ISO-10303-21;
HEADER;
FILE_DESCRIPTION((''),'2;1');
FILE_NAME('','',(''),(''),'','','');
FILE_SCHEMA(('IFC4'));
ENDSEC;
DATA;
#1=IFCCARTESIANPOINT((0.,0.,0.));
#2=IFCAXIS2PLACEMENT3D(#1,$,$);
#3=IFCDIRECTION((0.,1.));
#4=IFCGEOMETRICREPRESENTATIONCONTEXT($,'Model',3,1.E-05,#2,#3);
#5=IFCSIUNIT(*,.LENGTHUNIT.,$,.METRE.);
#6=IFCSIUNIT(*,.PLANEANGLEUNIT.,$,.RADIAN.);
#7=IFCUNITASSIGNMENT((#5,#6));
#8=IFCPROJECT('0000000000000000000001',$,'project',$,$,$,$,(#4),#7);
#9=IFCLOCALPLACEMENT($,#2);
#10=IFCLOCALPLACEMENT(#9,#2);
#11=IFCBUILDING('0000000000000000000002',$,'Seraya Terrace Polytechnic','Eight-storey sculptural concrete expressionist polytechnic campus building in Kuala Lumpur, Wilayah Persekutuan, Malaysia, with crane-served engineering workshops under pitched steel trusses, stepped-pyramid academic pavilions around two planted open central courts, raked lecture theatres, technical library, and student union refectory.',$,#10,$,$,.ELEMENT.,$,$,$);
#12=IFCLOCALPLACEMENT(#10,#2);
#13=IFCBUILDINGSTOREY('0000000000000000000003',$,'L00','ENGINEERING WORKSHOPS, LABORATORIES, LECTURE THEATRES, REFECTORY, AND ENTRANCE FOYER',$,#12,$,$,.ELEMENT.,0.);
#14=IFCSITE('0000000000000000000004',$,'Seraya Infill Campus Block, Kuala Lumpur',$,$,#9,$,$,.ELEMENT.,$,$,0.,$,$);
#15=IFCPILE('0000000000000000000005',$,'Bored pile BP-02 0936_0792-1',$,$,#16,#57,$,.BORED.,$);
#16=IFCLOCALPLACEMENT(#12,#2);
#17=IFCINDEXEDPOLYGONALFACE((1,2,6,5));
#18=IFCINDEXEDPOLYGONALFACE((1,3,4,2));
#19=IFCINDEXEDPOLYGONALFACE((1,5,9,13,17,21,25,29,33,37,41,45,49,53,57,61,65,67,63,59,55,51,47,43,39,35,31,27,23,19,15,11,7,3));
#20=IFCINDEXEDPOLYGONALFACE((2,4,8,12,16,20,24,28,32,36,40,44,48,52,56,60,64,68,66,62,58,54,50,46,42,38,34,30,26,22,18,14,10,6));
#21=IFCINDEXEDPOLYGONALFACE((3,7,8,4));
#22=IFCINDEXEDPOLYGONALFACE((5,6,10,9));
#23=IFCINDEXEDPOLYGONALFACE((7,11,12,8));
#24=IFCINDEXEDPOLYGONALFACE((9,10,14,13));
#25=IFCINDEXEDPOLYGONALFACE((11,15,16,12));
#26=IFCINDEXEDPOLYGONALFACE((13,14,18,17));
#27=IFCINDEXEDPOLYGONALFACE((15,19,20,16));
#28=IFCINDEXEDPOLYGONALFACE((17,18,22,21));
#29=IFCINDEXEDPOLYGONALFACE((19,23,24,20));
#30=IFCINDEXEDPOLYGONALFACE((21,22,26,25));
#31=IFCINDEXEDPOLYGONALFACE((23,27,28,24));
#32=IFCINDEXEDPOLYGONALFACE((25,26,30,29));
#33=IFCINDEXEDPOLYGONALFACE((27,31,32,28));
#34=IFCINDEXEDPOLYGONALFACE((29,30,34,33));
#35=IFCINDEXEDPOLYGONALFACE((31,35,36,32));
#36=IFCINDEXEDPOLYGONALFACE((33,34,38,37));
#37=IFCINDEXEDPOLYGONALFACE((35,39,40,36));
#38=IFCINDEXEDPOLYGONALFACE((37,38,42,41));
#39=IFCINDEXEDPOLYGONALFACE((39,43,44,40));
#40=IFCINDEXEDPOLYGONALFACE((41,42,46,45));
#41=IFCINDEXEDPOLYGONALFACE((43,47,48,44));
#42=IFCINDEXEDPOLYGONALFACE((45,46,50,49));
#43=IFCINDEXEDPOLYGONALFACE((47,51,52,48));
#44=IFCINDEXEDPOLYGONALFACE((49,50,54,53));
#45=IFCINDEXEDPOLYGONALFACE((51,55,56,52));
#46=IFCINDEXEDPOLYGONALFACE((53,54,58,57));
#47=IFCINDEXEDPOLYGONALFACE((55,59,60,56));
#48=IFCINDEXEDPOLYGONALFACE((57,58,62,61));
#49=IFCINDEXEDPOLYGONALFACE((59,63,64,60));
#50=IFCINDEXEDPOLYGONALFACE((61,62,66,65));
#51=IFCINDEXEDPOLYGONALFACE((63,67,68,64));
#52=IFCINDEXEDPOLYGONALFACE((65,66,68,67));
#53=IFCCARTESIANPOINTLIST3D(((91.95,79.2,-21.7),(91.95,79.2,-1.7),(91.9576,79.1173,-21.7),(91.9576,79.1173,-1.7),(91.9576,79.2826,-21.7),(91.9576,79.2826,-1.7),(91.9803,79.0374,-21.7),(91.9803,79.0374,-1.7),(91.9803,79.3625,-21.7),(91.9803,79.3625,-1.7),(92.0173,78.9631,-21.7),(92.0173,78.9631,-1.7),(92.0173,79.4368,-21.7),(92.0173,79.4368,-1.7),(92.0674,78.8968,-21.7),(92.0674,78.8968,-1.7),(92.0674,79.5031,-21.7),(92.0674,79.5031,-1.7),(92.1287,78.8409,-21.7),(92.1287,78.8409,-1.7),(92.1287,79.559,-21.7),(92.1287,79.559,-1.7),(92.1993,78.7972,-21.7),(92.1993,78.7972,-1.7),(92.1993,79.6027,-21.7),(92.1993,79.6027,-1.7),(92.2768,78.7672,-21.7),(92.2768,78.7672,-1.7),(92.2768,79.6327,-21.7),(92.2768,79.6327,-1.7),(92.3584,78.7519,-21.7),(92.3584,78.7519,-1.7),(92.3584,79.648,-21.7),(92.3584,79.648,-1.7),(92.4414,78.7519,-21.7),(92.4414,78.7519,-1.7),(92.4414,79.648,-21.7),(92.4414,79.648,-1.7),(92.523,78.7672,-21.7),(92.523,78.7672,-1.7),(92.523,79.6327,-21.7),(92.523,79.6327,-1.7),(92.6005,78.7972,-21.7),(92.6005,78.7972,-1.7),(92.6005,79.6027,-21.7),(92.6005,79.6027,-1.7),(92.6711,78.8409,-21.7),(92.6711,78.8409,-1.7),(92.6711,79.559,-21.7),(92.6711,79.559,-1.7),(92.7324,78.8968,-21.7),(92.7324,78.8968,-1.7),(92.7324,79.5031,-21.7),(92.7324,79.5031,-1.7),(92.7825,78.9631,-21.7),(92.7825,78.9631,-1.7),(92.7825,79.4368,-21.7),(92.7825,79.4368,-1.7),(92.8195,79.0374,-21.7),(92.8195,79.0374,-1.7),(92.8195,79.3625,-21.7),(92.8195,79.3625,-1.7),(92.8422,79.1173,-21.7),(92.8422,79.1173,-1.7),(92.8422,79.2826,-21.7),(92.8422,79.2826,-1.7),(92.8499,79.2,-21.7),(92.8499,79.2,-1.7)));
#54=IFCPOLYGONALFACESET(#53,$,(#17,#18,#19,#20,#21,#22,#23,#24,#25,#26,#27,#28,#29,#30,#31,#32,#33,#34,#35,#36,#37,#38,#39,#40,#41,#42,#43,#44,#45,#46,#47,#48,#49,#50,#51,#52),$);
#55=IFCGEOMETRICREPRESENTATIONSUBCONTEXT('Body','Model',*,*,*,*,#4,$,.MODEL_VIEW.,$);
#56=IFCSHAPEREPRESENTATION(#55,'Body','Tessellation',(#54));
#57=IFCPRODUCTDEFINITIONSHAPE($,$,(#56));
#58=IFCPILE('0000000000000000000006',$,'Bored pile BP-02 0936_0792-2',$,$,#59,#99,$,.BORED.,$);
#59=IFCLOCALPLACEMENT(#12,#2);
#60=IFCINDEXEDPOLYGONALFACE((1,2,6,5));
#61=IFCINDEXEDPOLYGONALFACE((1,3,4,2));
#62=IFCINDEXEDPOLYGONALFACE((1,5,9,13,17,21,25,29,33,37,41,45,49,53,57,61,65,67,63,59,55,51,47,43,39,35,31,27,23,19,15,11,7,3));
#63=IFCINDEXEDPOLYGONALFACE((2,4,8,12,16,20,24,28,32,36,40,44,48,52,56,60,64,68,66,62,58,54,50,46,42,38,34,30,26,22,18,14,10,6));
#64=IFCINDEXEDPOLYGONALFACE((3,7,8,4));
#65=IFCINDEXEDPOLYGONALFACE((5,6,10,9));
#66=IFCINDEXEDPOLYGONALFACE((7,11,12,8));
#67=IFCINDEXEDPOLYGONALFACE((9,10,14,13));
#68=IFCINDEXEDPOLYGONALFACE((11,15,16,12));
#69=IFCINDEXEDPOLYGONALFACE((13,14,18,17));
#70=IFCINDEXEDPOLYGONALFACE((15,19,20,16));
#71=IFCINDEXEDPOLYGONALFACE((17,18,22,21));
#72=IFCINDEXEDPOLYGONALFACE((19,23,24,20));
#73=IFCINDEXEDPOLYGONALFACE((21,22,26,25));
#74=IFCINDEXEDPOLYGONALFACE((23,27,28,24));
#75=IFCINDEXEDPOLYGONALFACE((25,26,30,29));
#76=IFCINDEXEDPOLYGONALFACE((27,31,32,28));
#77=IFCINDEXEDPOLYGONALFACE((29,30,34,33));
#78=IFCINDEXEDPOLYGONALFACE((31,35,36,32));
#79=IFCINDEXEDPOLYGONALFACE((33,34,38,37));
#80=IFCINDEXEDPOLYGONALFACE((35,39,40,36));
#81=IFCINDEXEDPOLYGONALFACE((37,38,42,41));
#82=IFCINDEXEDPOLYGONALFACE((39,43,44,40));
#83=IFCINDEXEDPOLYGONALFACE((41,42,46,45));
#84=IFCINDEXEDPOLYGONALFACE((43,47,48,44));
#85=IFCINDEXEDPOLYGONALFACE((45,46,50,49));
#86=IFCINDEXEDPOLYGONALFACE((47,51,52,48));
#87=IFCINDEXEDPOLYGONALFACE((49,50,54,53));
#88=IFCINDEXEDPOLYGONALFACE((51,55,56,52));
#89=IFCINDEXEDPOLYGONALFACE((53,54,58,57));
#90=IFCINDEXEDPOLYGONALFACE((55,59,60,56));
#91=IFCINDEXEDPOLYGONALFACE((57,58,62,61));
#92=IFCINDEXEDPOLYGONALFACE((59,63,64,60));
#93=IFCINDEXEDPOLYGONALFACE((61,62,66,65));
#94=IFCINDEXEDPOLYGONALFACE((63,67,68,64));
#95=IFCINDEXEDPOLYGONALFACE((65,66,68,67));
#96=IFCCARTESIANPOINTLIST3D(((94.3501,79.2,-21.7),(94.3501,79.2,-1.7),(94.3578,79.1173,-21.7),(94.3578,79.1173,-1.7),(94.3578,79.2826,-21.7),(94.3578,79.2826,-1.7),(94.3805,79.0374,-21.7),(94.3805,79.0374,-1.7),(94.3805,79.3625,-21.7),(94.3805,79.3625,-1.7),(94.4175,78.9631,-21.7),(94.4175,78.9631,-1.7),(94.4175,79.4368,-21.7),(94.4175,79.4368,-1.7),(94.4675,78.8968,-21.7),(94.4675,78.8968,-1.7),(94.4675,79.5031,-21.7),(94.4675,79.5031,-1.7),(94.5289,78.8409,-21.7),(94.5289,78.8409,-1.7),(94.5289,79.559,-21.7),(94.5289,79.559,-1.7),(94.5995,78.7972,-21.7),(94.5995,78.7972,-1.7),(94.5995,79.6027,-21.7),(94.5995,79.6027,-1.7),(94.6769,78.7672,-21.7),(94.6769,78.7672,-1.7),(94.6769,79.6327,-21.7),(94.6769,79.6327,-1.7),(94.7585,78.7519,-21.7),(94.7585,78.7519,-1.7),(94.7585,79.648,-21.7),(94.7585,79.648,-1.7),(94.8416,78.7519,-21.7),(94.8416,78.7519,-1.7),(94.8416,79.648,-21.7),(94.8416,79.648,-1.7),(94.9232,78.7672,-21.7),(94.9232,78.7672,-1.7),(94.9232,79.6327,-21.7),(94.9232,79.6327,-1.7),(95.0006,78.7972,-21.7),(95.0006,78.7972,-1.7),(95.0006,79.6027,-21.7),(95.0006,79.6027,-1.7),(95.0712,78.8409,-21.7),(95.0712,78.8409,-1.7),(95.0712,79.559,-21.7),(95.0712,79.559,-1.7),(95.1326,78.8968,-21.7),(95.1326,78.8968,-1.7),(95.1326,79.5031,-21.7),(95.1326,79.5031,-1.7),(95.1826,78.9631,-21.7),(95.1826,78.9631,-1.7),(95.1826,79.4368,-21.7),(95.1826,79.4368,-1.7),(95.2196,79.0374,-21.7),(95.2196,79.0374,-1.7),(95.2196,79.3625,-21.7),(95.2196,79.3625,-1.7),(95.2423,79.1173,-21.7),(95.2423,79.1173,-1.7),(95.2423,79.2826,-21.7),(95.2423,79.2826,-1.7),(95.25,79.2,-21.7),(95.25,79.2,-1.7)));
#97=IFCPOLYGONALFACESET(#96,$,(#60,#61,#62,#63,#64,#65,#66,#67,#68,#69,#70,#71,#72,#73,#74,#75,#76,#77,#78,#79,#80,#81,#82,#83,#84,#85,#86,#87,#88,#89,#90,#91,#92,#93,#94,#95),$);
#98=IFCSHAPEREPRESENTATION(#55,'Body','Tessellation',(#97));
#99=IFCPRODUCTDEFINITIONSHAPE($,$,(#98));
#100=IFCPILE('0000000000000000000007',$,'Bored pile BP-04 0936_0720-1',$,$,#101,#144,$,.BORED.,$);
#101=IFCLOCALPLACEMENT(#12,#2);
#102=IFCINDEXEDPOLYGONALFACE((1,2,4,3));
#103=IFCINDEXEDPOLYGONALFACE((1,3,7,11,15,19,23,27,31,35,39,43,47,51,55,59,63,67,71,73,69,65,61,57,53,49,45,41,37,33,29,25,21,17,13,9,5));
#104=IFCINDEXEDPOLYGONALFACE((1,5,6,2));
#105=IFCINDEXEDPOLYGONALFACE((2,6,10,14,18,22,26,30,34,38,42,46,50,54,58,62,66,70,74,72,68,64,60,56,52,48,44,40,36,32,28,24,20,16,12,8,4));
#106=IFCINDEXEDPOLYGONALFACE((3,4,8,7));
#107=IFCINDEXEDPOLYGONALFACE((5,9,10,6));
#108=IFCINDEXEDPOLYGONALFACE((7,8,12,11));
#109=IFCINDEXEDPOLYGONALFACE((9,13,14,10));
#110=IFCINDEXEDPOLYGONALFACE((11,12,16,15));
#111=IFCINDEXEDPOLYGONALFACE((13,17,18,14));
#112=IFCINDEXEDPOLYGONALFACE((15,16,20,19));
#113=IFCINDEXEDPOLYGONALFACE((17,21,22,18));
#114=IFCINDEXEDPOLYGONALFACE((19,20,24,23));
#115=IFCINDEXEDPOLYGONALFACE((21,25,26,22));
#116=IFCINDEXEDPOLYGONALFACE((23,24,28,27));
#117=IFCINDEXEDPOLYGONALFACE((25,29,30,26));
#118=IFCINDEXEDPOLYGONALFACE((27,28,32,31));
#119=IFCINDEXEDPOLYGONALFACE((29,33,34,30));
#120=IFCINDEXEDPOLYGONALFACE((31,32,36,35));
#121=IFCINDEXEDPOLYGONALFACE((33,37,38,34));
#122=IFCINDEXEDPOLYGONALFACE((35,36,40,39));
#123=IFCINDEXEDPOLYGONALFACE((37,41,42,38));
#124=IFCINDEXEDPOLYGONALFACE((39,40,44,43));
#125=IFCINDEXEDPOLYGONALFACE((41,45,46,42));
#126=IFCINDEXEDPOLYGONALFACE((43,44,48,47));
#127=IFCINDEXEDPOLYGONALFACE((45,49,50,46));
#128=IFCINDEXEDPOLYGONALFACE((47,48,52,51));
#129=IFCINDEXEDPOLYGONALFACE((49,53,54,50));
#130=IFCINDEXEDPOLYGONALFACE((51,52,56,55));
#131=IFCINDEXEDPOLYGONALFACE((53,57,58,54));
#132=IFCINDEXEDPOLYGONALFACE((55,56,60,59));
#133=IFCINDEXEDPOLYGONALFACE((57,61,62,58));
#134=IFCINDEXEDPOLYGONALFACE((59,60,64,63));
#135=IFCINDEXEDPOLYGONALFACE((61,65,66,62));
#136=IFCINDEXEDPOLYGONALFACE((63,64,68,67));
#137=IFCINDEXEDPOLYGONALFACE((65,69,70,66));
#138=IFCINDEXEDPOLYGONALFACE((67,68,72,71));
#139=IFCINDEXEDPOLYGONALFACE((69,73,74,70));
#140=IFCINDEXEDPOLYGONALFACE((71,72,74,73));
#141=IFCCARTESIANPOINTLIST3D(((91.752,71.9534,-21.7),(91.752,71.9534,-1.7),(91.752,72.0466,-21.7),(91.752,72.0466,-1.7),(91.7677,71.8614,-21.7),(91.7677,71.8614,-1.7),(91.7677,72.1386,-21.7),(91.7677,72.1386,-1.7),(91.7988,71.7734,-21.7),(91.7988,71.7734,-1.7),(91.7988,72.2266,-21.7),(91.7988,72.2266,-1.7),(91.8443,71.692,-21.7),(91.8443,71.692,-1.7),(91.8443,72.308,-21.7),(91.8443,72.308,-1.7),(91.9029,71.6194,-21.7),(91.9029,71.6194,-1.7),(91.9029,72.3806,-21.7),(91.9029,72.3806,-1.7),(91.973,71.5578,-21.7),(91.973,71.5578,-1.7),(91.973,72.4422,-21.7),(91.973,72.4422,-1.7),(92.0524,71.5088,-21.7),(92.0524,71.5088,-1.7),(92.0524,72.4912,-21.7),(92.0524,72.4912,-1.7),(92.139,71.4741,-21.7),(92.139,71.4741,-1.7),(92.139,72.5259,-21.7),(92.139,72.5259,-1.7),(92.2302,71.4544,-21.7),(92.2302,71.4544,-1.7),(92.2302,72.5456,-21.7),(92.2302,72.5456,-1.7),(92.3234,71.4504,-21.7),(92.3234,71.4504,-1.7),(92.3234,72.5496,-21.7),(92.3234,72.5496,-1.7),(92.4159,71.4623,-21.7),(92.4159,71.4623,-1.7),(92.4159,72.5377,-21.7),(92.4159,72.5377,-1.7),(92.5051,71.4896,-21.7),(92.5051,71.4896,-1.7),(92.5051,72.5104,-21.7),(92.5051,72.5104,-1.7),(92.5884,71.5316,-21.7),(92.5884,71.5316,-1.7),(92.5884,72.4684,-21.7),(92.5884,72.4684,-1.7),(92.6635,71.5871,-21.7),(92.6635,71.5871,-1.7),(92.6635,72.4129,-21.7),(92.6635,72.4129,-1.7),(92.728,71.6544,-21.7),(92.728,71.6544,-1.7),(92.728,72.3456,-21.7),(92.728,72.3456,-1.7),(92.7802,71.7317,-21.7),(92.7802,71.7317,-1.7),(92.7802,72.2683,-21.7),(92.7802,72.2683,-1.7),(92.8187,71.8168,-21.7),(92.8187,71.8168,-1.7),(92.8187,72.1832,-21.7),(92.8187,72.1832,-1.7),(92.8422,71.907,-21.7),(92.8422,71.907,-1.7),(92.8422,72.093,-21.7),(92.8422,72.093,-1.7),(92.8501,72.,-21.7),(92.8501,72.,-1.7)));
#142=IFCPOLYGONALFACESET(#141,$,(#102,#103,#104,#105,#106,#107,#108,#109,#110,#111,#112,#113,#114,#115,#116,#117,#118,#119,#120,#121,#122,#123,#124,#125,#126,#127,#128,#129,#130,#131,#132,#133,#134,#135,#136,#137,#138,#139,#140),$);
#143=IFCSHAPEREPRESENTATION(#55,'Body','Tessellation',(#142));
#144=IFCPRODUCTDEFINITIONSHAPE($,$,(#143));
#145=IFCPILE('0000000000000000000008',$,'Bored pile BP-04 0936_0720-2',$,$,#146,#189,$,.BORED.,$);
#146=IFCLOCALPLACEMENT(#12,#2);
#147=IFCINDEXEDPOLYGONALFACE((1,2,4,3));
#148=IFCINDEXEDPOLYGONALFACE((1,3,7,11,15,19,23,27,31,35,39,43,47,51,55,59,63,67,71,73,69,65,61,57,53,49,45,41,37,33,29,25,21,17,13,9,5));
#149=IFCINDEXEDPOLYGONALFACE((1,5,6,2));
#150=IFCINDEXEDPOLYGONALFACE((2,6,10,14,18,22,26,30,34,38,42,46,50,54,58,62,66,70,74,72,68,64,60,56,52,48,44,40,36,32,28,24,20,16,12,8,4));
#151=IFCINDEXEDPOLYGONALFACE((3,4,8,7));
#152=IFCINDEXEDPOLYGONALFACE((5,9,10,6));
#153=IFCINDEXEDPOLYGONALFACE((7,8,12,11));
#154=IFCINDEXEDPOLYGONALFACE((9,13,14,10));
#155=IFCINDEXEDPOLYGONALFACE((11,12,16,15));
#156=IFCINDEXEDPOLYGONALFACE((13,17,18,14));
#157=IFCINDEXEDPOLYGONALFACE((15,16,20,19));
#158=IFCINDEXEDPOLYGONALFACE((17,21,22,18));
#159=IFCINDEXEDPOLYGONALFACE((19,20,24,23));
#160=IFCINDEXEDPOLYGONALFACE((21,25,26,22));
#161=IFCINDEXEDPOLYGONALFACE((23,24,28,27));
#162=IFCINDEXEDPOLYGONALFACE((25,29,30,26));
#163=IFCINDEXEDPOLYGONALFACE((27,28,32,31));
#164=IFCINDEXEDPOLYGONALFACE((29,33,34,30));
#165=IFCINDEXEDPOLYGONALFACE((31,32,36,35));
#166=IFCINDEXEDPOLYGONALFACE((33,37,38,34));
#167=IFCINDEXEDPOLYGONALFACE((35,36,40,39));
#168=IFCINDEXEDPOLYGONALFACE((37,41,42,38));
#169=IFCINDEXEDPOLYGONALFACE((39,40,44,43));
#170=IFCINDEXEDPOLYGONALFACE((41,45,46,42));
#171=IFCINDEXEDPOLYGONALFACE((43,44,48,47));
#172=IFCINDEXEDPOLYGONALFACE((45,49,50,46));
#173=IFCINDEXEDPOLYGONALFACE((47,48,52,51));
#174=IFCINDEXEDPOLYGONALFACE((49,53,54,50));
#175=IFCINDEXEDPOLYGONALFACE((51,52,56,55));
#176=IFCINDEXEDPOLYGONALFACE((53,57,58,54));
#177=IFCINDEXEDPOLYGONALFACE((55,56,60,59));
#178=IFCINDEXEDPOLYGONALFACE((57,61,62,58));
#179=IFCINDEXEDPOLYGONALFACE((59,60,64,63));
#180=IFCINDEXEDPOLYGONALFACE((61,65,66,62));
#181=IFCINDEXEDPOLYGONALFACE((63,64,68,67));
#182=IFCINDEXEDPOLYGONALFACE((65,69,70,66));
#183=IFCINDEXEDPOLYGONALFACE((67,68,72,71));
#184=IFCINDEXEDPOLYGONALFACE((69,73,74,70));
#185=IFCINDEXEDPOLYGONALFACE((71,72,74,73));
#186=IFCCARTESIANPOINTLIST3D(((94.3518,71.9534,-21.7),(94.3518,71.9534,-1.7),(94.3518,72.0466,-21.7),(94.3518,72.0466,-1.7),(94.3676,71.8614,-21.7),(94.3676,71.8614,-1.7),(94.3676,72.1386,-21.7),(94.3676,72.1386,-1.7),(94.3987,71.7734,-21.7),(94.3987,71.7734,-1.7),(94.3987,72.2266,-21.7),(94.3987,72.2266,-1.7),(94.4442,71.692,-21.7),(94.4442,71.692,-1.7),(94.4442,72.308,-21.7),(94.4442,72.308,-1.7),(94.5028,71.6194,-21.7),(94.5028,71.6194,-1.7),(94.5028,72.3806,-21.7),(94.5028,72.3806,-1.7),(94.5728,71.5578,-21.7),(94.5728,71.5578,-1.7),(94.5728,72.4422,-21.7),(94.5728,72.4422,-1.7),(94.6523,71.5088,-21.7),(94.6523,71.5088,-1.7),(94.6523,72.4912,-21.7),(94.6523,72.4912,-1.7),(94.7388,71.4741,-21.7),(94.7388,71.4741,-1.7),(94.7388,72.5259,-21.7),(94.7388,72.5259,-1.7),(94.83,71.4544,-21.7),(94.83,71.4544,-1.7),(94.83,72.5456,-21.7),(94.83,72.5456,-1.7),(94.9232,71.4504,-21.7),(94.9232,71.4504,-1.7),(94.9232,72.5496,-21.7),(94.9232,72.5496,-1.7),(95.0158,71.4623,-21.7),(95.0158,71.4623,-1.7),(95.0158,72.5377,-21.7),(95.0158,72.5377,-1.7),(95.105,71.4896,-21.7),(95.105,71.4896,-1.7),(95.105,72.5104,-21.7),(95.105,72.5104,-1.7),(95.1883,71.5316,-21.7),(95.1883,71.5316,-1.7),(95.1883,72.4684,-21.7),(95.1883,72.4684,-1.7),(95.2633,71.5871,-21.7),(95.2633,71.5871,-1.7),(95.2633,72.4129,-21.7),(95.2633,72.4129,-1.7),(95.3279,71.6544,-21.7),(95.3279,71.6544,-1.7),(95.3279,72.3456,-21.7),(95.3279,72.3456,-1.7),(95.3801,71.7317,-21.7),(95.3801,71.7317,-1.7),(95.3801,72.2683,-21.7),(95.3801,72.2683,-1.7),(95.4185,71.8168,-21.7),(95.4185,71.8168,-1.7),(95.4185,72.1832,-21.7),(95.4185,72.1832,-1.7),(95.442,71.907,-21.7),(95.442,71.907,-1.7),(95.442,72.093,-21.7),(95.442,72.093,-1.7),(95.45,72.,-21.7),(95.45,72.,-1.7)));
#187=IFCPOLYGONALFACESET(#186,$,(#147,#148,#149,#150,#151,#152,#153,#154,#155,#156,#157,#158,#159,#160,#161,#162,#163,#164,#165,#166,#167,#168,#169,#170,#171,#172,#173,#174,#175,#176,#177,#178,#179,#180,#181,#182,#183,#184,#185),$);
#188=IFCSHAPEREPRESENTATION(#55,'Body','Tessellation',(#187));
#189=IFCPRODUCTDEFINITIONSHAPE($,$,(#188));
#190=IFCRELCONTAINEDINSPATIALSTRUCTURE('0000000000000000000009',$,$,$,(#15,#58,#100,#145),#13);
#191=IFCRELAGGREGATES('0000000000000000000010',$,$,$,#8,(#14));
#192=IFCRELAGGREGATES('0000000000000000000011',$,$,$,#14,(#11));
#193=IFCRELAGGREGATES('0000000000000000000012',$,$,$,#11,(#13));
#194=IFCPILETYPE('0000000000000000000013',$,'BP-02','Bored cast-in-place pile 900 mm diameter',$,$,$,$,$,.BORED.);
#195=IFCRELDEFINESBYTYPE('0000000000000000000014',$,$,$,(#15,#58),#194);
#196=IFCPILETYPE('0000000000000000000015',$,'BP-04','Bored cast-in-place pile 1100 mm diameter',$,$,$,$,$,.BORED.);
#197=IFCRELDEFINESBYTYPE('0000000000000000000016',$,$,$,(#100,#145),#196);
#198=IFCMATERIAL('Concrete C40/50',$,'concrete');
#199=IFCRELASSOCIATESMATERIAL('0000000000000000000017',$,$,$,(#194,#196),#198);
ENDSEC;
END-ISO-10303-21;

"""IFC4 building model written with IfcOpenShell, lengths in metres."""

from ifc_helpers import new_model, si_unit, direction, frame, origin, origin_2d, place, context, subcontext, project, spatial, circle, extrude, material, material_profile, profile_set, type_object, element, save


model = new_model("IFC4")

# Units and contexts
model_context = context("Model", 3, precision=1e-05, world=origin(), true_north=direction((0.0, 1.0)))
body_context = subcontext(model_context, "Body", "Model", "MODEL_VIEW")
ifc_project = project(units=[si_unit("LENGTHUNIT", "METRE"), si_unit("PLANEANGLEUNIT", "RADIAN")], contexts=[model_context])

# Site, building, storey
site_placement = place(None, origin())
site = spatial("IfcSite", under=ifc_project, at=site_placement, Name="Seraya Infill Campus Block, Kuala Lumpur", CompositionType="ELEMENT", RefElevation=0.0)
building_placement = place(site_placement, origin())
building = spatial("IfcBuilding", under=site, at=building_placement, Name="Seraya Terrace Polytechnic", Description="Eight-storey sculptural concrete expressionist polytechnic campus building in Kuala Lumpur, Wilayah Persekutuan, Malaysia, with crane-served engineering workshops under pitched steel trusses, stepped-pyramid academic pavilions around two planted open central courts, raked lecture theatres, technical library, and student union refectory.", CompositionType="ELEMENT")
storey_placement = place(building_placement, origin())
storey = spatial("IfcBuildingStorey", under=building, at=storey_placement, Name="L00", Description="ENGINEERING WORKSHOPS, LABORATORIES, LECTURE THEATRES, REFECTORY, AND ENTRANCE FOYER", CompositionType="ELEMENT", Elevation=0.0)

# Piles
ifc_material_1 = material(Name="Concrete C40/50", Category="concrete")
ifc_material_profile_1 = material_profile(ifc_material_1, circle(Radius=0.45, at=origin_2d()), Name="DIA 900")
ifc_profile_set_1 = profile_set([ifc_material_profile_1], Name="Concrete C40/50")
pile_type_1 = type_object("IfcPileType", Name="BP-02", Description="Bored cast-in-place pile 900 mm diameter", PredefinedType="BORED", material=ifc_profile_set_1)
for number, where, z_axis, x_axis, name in (
    (1, (92.3999, 79.2, -1.7), (0.0, 0.0, -1.0), (1.0, 0.0, 0.0), "Bored pile BP-02 0936_0792-1"),
    (2, (94.8, 79.2, -1.7), (0.0, 0.0, -1.0), (1.0, 0.0, 0.0), "Bored pile BP-02 0936_0792-2"),
):
    element("IfcPile", number, at=place(storey_placement, frame(where, z_axis=z_axis, x_axis=x_axis)), inside=storey, type_object=pile_type_1, Name=name, PredefinedType="BORED", context=body_context, shape_type="SweptSolid", body=[
        extrude(circle(Radius=0.45, at=origin_2d()), origin(), (0.0, 0.0, 1.0), 20.0),
    ])
ifc_material_profile_2 = material_profile(ifc_material_1, circle(Radius=0.55, at=origin_2d()), Name="DIA 1100")
ifc_profile_set_2 = profile_set([ifc_material_profile_2], Name="Concrete C40/50")
pile_type_2 = type_object("IfcPileType", Name="BP-04", Description="Bored cast-in-place pile 1100 mm diameter", PredefinedType="BORED", material=ifc_profile_set_2)
for number, where, z_axis, x_axis, name in (
    (3, (92.3, 72.0, -1.7), (0.0, 0.0, -1.0), (1.0, 0.0, 0.0), "Bored pile BP-04 0936_0720-1"),
    (4, (94.8999, 72.0, -1.7), (0.0, 0.0, -1.0), (1.0, 0.0, 0.0), "Bored pile BP-04 0936_0720-2"),
):
    element("IfcPile", number, at=place(storey_placement, frame(where, z_axis=z_axis, x_axis=x_axis)), inside=storey, type_object=pile_type_2, Name=name, PredefinedType="BORED", context=body_context, shape_type="SweptSolid", body=[
        extrude(circle(Radius=0.55, at=origin_2d()), origin(), (0.0, 0.0, 1.0), 20.0),
    ])

save(model, "model.ifc")
